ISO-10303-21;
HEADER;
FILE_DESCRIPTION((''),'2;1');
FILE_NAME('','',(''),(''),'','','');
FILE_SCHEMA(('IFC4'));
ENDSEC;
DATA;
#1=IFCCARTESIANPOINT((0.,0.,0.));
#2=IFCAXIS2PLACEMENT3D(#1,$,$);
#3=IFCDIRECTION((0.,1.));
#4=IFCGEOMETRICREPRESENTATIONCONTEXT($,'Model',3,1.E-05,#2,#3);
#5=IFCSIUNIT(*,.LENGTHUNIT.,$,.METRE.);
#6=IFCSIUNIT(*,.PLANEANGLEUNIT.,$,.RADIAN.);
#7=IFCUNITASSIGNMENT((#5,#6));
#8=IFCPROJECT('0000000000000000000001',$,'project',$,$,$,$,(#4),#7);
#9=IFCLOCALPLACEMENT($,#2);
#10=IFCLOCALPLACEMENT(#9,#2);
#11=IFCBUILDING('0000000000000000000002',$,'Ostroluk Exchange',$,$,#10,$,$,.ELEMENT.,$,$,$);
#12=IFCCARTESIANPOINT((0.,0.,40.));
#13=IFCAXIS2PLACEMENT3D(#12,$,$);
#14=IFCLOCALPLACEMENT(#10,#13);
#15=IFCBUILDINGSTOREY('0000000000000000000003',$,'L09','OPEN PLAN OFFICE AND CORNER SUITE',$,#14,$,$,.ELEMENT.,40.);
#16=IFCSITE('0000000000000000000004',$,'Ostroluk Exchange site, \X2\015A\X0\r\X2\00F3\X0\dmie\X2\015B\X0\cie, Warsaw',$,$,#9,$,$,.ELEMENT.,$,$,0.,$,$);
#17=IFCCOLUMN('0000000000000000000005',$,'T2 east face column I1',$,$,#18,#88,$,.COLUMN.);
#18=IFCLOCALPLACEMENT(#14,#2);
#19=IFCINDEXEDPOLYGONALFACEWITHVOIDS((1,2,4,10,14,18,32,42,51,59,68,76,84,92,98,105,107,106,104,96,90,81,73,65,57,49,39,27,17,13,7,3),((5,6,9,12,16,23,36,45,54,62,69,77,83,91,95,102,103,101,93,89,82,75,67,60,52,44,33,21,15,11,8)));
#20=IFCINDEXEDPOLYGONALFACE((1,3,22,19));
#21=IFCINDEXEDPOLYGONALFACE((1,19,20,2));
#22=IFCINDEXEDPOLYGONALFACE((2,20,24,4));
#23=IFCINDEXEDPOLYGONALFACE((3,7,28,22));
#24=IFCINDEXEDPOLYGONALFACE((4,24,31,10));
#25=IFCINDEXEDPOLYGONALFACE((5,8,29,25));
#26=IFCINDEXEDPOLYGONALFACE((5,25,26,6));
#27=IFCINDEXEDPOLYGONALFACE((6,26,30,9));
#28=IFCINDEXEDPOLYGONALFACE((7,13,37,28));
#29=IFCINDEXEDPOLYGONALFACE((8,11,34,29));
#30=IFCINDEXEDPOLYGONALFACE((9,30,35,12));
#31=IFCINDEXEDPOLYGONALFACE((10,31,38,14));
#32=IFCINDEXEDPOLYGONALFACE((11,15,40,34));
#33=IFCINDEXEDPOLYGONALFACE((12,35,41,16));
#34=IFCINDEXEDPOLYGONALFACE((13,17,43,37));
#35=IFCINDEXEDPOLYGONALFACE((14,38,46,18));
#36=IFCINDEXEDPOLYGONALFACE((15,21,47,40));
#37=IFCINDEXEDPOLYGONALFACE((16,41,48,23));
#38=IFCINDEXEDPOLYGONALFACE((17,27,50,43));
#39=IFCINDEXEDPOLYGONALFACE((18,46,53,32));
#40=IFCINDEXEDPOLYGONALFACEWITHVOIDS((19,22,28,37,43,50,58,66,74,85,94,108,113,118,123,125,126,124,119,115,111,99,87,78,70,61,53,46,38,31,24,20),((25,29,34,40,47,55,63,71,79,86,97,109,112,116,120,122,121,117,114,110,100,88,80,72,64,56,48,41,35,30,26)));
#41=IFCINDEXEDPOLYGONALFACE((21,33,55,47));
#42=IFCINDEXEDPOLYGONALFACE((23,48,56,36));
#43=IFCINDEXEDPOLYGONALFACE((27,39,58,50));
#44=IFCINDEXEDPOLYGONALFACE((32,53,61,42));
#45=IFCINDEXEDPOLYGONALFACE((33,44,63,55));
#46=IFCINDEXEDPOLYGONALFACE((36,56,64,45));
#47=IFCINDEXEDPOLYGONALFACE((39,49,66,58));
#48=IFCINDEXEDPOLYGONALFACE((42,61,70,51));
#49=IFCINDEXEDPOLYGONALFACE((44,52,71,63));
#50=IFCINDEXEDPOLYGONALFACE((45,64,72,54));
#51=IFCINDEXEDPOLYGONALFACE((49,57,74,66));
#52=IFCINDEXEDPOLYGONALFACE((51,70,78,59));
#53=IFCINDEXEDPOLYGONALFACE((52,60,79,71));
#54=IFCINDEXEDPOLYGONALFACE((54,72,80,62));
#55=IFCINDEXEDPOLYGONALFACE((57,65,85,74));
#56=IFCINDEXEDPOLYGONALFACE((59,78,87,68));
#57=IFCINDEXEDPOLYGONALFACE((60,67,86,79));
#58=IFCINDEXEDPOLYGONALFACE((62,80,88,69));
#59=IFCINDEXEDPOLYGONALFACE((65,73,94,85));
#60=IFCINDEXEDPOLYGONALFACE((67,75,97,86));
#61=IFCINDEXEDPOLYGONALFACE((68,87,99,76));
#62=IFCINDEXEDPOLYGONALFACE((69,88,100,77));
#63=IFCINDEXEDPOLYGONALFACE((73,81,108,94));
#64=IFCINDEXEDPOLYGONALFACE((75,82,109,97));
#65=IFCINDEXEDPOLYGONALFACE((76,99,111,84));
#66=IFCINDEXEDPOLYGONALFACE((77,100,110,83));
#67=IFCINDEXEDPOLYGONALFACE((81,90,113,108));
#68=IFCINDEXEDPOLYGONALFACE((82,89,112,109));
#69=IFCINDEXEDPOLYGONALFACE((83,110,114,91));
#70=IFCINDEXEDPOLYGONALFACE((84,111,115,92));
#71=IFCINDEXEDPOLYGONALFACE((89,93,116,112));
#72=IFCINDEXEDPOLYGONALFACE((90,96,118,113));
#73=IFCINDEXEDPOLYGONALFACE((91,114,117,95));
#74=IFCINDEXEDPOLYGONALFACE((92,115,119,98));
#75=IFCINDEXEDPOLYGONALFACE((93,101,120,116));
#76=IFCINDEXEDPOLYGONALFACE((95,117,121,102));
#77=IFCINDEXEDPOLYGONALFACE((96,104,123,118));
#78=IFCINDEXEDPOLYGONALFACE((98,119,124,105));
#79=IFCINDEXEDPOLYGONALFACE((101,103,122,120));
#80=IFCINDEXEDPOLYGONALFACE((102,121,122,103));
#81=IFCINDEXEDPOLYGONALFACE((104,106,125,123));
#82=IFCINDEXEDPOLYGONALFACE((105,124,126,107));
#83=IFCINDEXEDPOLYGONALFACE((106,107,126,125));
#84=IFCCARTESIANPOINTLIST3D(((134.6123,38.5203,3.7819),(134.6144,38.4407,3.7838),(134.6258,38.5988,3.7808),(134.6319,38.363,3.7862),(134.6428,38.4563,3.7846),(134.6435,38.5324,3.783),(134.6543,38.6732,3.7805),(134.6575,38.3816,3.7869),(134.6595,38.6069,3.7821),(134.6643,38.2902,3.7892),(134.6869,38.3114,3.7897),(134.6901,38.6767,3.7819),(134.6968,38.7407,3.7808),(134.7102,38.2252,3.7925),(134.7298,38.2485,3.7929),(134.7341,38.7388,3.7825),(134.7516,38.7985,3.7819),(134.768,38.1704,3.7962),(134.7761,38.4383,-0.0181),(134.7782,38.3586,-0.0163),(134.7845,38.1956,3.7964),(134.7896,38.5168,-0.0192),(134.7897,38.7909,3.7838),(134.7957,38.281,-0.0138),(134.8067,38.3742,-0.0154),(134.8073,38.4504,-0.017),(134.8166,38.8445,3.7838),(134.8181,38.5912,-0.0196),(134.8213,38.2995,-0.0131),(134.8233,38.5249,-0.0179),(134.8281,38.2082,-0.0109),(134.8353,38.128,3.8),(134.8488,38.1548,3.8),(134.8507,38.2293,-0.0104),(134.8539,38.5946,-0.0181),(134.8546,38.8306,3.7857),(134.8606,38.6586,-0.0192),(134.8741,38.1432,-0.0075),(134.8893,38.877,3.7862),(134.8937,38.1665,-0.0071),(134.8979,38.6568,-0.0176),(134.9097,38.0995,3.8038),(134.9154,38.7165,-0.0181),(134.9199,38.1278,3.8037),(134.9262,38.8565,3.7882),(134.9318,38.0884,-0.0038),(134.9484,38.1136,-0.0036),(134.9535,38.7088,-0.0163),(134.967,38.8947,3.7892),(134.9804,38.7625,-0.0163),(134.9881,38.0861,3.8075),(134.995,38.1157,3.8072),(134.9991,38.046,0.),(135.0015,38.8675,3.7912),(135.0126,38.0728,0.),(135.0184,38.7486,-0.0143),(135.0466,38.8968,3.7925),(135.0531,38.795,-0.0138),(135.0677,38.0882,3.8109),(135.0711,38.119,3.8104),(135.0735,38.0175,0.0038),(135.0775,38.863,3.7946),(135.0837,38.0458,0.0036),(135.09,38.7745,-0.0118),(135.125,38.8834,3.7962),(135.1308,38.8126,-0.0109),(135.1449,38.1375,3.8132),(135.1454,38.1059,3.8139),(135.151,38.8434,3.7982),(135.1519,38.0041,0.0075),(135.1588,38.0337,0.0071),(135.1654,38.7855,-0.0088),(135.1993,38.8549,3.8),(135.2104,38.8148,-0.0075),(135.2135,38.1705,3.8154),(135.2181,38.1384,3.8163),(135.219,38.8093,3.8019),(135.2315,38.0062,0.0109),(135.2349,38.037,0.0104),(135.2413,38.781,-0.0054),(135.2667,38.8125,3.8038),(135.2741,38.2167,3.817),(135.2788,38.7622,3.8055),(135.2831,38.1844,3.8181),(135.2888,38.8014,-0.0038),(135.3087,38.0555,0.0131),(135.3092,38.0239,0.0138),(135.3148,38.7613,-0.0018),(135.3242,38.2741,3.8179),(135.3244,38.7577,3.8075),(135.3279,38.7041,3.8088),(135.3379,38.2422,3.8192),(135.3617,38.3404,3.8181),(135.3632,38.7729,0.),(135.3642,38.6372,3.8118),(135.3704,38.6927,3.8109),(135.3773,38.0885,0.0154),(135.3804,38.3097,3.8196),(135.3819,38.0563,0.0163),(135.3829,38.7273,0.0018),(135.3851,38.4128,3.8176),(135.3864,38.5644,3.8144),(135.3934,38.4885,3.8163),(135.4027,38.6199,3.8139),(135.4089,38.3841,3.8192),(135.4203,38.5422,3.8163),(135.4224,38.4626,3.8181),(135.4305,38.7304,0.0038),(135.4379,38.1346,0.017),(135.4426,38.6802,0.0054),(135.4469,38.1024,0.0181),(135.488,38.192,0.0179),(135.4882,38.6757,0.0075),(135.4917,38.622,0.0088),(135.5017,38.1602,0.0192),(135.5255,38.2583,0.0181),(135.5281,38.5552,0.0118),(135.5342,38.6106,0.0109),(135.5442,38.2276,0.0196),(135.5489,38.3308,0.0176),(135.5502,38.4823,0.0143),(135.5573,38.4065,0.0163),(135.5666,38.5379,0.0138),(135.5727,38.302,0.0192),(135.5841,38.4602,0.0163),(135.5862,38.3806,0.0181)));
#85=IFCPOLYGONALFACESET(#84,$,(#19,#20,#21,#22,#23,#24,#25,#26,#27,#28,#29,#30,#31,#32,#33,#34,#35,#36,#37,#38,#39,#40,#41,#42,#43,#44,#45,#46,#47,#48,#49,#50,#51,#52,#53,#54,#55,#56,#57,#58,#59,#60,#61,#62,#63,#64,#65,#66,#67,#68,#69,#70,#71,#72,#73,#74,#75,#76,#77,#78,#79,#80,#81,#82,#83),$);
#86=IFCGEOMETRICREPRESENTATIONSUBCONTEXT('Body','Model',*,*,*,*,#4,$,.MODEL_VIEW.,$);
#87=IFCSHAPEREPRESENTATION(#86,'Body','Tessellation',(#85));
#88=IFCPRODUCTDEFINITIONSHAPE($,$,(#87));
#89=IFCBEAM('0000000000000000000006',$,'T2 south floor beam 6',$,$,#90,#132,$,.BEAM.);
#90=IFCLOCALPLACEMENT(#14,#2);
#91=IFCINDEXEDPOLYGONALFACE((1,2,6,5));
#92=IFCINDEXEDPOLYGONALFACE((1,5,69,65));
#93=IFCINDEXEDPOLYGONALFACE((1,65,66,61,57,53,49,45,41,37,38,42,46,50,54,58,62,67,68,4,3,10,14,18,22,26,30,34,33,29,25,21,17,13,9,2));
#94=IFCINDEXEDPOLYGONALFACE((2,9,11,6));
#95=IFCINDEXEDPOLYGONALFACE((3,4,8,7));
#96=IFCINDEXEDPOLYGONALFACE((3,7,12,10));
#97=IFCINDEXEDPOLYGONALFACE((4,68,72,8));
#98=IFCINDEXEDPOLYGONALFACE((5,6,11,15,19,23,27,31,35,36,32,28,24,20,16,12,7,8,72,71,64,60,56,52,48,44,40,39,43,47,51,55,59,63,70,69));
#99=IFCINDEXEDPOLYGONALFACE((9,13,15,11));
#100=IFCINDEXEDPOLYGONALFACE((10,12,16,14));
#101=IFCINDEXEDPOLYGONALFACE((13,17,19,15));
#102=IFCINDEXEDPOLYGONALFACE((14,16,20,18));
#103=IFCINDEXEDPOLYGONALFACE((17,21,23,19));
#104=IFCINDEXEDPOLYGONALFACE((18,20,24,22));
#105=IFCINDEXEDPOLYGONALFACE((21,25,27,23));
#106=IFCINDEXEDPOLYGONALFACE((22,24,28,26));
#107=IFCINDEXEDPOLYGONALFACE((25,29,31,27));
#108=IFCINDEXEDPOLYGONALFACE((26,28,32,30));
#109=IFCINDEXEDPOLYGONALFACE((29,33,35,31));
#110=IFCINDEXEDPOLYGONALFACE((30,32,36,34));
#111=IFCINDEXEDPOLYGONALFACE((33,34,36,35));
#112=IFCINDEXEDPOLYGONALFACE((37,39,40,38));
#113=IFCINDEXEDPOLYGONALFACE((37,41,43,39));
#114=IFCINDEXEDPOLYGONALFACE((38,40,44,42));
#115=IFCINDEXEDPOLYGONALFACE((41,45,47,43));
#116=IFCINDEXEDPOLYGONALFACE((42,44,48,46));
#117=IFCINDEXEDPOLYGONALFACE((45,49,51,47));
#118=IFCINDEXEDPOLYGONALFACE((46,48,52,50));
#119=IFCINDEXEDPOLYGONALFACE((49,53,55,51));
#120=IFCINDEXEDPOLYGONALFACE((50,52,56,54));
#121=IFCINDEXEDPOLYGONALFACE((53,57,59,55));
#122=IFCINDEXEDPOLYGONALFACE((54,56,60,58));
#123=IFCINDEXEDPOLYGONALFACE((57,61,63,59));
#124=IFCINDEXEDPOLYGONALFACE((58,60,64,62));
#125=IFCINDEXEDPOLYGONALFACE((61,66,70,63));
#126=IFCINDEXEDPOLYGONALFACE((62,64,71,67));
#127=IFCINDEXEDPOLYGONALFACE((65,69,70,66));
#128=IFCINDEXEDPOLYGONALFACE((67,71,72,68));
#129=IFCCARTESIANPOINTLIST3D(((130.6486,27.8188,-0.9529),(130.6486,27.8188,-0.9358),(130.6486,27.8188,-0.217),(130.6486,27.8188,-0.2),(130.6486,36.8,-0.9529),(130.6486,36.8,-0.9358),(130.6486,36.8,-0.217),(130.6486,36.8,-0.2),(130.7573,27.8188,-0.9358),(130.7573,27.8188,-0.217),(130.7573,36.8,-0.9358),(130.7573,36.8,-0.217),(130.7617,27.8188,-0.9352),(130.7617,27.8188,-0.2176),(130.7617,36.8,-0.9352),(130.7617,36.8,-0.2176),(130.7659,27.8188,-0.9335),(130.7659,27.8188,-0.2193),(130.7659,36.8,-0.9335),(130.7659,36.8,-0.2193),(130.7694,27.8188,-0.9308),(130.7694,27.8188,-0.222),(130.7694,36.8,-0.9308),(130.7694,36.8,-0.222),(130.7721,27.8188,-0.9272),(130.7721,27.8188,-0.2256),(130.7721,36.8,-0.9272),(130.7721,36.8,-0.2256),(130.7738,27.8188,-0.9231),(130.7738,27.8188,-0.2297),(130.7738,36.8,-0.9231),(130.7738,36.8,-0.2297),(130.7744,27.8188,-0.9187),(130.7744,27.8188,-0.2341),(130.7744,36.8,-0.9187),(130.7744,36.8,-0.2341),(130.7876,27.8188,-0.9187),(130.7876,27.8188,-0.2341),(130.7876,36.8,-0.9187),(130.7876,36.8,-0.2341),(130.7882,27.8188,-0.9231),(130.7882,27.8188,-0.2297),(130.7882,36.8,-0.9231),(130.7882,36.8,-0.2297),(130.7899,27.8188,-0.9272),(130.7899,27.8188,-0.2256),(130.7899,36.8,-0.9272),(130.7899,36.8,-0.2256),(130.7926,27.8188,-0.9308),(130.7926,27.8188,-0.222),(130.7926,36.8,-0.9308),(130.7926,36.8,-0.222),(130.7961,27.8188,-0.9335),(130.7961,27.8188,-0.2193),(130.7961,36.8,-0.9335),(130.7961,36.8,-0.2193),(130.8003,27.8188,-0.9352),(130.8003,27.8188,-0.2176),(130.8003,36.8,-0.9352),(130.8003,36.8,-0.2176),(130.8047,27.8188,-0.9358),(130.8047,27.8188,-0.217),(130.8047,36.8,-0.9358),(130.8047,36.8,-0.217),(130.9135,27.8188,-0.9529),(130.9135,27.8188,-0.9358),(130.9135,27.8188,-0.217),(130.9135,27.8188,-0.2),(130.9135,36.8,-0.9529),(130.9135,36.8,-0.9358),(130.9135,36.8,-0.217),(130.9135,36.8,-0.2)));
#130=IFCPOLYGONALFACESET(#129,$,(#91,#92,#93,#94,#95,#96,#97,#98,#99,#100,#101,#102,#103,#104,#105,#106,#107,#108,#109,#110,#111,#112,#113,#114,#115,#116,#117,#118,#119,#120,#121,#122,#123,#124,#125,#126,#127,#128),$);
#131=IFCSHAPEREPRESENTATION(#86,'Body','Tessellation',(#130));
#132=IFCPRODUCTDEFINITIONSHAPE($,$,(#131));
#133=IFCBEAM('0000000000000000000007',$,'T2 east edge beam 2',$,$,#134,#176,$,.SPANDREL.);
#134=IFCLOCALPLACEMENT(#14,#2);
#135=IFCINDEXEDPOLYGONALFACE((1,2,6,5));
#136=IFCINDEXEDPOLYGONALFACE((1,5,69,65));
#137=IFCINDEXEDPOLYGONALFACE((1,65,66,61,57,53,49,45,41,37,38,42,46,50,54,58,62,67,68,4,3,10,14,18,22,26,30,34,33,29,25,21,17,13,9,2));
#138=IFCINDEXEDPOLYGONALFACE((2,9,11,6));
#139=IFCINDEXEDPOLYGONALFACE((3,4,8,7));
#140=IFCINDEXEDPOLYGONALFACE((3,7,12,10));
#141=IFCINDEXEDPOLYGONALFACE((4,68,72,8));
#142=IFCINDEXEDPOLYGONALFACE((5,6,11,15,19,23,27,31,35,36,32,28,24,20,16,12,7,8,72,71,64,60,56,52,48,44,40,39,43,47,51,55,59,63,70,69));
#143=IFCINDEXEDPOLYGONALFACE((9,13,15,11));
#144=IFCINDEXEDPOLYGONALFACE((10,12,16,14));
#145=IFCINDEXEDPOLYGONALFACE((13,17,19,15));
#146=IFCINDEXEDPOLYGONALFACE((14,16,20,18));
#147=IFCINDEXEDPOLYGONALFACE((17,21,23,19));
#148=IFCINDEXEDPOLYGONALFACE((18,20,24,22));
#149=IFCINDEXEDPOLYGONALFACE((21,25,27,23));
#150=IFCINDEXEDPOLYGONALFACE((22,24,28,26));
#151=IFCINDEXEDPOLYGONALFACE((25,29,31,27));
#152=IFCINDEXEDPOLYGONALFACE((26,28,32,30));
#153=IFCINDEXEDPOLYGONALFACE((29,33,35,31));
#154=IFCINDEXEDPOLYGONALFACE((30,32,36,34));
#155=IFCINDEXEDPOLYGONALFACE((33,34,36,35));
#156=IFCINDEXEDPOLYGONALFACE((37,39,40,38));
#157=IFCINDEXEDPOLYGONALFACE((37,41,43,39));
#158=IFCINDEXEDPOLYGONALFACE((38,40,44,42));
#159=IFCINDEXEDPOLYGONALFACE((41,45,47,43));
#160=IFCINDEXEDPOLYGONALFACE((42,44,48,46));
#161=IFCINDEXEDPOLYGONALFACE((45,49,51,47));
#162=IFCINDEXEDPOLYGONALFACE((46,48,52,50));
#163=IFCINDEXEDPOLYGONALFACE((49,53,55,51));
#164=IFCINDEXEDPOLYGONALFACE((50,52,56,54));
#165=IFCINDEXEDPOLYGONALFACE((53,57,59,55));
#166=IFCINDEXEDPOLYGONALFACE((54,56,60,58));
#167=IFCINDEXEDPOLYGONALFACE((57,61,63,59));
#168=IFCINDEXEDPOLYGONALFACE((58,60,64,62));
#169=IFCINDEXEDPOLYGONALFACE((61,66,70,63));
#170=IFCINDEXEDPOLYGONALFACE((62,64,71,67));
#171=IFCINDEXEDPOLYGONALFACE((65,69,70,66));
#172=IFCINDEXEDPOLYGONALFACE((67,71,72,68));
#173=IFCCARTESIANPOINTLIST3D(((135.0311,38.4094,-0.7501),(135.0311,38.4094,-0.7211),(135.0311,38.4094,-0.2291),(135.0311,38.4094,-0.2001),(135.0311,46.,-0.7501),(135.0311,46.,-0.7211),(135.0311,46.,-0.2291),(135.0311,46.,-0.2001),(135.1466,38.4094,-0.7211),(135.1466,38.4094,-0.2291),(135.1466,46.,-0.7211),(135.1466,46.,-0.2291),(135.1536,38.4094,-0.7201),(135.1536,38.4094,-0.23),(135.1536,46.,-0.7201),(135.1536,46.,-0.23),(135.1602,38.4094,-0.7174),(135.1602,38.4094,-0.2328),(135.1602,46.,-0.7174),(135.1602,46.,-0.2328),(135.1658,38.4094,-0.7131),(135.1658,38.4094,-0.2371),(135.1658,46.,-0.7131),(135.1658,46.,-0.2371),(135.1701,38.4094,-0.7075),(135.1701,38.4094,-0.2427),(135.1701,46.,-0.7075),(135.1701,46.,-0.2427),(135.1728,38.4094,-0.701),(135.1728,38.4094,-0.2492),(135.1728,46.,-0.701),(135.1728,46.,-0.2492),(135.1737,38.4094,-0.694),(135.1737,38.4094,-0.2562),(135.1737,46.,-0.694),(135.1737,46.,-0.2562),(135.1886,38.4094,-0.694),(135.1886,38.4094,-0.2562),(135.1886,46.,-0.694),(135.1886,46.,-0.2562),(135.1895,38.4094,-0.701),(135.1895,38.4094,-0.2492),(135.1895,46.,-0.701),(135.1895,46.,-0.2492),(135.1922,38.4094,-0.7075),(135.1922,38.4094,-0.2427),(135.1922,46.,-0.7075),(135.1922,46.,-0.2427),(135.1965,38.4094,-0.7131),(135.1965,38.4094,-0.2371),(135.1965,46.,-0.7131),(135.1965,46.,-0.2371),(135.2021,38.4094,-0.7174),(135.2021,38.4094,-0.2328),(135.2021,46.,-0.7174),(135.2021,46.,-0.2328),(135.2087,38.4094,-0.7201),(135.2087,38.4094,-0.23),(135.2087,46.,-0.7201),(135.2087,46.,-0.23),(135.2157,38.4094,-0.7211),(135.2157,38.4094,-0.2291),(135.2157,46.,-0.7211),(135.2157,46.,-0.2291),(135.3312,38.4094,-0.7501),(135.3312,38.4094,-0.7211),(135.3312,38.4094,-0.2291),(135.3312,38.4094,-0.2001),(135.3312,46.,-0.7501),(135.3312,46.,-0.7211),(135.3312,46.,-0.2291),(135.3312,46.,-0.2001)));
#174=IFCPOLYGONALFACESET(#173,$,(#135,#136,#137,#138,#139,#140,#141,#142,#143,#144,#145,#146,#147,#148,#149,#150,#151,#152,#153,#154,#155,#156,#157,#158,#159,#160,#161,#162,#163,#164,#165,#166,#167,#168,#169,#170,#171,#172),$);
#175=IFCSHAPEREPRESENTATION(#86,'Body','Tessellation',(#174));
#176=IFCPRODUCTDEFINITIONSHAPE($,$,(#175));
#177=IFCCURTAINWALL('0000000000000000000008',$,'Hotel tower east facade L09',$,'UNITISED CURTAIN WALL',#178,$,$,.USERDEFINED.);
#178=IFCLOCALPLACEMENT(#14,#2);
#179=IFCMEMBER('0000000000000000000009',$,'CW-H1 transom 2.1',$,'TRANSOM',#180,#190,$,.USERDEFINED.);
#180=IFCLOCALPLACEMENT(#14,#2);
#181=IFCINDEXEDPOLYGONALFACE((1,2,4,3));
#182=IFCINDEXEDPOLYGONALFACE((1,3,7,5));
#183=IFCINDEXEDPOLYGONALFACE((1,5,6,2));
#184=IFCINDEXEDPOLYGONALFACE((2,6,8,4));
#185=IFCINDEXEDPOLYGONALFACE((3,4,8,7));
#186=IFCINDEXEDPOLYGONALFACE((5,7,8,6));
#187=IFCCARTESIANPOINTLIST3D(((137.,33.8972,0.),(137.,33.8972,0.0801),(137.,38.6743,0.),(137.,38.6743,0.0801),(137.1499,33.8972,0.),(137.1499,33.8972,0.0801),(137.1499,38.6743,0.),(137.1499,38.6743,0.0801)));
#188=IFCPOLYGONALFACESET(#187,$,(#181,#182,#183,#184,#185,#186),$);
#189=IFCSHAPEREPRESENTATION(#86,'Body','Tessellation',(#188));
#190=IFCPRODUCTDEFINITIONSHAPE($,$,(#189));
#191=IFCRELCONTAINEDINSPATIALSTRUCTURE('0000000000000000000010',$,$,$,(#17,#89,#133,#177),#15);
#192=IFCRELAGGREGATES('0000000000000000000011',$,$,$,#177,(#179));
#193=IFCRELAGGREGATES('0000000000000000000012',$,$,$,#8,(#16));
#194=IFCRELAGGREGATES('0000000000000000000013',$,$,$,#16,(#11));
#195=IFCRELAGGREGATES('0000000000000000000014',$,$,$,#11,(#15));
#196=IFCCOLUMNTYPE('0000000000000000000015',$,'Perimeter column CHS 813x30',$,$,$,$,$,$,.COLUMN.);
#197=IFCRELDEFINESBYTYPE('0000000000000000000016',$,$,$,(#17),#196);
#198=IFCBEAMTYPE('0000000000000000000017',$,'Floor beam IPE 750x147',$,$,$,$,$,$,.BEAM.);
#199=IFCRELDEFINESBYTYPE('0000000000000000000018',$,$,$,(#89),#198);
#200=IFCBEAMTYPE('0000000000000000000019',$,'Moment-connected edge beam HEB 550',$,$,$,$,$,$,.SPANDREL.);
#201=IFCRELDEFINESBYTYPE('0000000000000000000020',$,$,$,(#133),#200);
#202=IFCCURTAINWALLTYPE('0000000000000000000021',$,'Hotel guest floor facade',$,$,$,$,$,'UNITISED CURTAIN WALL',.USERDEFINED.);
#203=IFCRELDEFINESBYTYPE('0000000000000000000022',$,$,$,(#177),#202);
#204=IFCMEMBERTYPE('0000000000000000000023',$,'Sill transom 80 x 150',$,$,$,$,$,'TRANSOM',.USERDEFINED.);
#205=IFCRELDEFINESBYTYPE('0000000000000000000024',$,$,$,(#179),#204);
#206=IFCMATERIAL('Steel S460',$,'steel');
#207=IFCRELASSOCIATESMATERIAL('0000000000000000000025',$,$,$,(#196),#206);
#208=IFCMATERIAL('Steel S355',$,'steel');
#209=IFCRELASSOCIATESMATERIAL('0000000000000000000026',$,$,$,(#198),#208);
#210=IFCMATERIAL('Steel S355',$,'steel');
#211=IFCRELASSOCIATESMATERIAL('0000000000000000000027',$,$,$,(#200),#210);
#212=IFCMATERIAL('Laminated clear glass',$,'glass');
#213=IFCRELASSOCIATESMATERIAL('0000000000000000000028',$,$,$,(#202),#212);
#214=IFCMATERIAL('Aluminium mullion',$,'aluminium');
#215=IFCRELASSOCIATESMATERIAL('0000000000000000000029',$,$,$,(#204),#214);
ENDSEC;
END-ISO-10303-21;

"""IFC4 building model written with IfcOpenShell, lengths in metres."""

from ifc_helpers import new_model, si_unit, direction, frame, origin, origin_2d, place, context, subcontext, project, spatial, rectangle, hollow_circle, i_section, extrude, material, material_profile, profile_set, type_object, element, aggregate, save


model = new_model("IFC4")

# Units and contexts
model_context = context("Model", 3, precision=1e-05, world=origin(), true_north=direction((0.0, 1.0)))
body_context = subcontext(model_context, "Body", "Model", "MODEL_VIEW")
ifc_project = project(units=[si_unit("LENGTHUNIT", "METRE"), si_unit("PLANEANGLEUNIT", "RADIAN")], contexts=[model_context])

# Site, building, storey
site_placement = place(None, origin())
site = spatial("IfcSite", under=ifc_project, at=site_placement, Name="Ostroluk Exchange site, Śródmieście, Warsaw", CompositionType="ELEMENT", RefElevation=0.0)
building_placement = place(site_placement, origin())
building = spatial("IfcBuilding", under=site, at=building_placement, Name="Ostroluk Exchange", CompositionType="ELEMENT")
storey_placement = place(building_placement, frame((0.0, 0.0, 40.0)))
storey = spatial("IfcBuildingStorey", under=building, at=storey_placement, Name="L09", Description="OPEN PLAN OFFICE AND CORNER SUITE", CompositionType="ELEMENT", Elevation=40.0)

# Column
ifc_material_1 = material(Name="Steel S460", Category="steel")
ifc_material_profile_1 = material_profile(ifc_material_1, hollow_circle(Radius=0.4065, WallThickness=0.03, at=origin_2d()), Name="CHS 813x30")
ifc_profile_set_1 = profile_set([ifc_material_profile_1], Name="Steel S460")
column_type = type_object("IfcColumnType", Name="Perimeter column CHS 813x30", PredefinedType="COLUMN", material=ifc_profile_set_1)
column_placement = place(storey_placement, frame((135.1812, 38.4094, 0.0), z_axis=(-0.04306, 0.021562, 0.99884), x_axis=(-0.447747, -0.894161, 0.0)))
element("IfcColumn", 1, at=column_placement, inside=storey, type_object=column_type, Name="T2 east face column I1", PredefinedType="COLUMN", context=body_context, shape_type="SweptSolid", body=[
    extrude(hollow_circle(Radius=0.4065, WallThickness=0.03, at=origin_2d()), origin(), (0.0, 0.0, 1.0), 3.8044),
])

# Beams
ifc_material_2 = material(Name="Steel S355", Category="steel")
ifc_material_profile_2 = material_profile(ifc_material_2, i_section(OverallWidth=0.2649, OverallDepth=0.7529, WebThickness=0.0132, FlangeThickness=0.0171, FilletRadius=0.0171, at=origin_2d()), Name="IPE 750x147")
ifc_profile_set_2 = profile_set([ifc_material_profile_2], Name="Steel S355")
beam_type_1 = type_object("IfcBeamType", Name="Floor beam IPE 750x147", PredefinedType="BEAM", material=ifc_profile_set_2)
beam_1_placement = place(storey_placement, frame((130.781, 36.8, -0.5764), z_axis=(0.0, -1.0, 0.0), x_axis=(1.0, 0.0, 0.0)))
element("IfcBeam", 2, at=beam_1_placement, inside=storey, type_object=beam_type_1, Name="T2 south floor beam 6", PredefinedType="BEAM", context=body_context, shape_type="SweptSolid", body=[
    extrude(i_section(OverallWidth=0.2649, OverallDepth=0.7529, WebThickness=0.0132, FlangeThickness=0.0171, FilletRadius=0.0171, at=origin_2d()), origin(), (0.0, 0.0, 1.0), 8.9812),
])
ifc_material_3 = material(Name="Steel S355", Category="steel")
ifc_material_profile_3 = material_profile(ifc_material_3, i_section(OverallWidth=0.3, OverallDepth=0.55, WebThickness=0.0149, FlangeThickness=0.0291, FilletRadius=0.0271, at=origin_2d()), Name="HEB 550")
ifc_profile_set_3 = profile_set([ifc_material_profile_3], Name="Steel S355")
beam_type_2 = type_object("IfcBeamType", Name="Moment-connected edge beam HEB 550", PredefinedType="SPANDREL", material=ifc_profile_set_3)
beam_2_placement = place(storey_placement, frame((135.1812, 38.4094, -0.4751), z_axis=(0.0, 1.0, 0.0), x_axis=(-1.0, 0.0, 0.0)))
element("IfcBeam", 3, at=beam_2_placement, inside=storey, type_object=beam_type_2, Name="T2 east edge beam 2", PredefinedType="SPANDREL", context=body_context, shape_type="SweptSolid", body=[
    extrude(i_section(OverallWidth=0.3, OverallDepth=0.55, WebThickness=0.0149, FlangeThickness=0.0291, FilletRadius=0.0271, at=origin_2d()), origin(), (0.0, 0.0, 1.0), 7.5906),
])

# Curtain wall, member
ifc_material_4 = material(Name="Laminated clear glass", Category="glass")
curtain_wall_type = type_object("IfcCurtainWallType", Name="Hotel guest floor facade", ElementType="UNITISED CURTAIN WALL", PredefinedType="USERDEFINED", material=ifc_material_4)
curtain_wall_placement = place(storey_placement, origin())
curtain_wall = element("IfcCurtainWall", 4, at=curtain_wall_placement, inside=storey, type_object=curtain_wall_type, Name="Hotel tower east facade L09", ObjectType="UNITISED CURTAIN WALL", PredefinedType="USERDEFINED")
ifc_material_5 = material(Name="Aluminium mullion", Category="aluminium")
ifc_material_profile_4 = material_profile(ifc_material_5, rectangle(XDim=0.1499, YDim=0.0801, at=origin_2d()), Name="Sill transom 80 x 150")
ifc_profile_set_4 = profile_set([ifc_material_profile_4], Name="Aluminium mullion")
member_type_1 = type_object("IfcMemberType", Name="Sill transom 80 x 150", ElementType="TRANSOM", PredefinedType="USERDEFINED", material=ifc_profile_set_4)
member_1_placement = place(storey_placement, frame((137.075, 33.8972, 0.04), z_axis=(0.0, 1.0, 0.0), x_axis=(-1.0, 0.0, 0.0)))
member_1 = element("IfcMember", 5, at=member_1_placement, type_object=member_type_1, Name="CW-H1 transom 2.1", ObjectType="TRANSOM", PredefinedType="USERDEFINED", context=body_context, shape_type="SweptSolid", body=[
    extrude(rectangle(XDim=0.1499, YDim=0.0801, at=origin_2d()), origin(), (0.0, 0.0, 1.0), 4.7771),
])
aggregate(curtain_wall, [member_1])

save(model, "model.ifc")
